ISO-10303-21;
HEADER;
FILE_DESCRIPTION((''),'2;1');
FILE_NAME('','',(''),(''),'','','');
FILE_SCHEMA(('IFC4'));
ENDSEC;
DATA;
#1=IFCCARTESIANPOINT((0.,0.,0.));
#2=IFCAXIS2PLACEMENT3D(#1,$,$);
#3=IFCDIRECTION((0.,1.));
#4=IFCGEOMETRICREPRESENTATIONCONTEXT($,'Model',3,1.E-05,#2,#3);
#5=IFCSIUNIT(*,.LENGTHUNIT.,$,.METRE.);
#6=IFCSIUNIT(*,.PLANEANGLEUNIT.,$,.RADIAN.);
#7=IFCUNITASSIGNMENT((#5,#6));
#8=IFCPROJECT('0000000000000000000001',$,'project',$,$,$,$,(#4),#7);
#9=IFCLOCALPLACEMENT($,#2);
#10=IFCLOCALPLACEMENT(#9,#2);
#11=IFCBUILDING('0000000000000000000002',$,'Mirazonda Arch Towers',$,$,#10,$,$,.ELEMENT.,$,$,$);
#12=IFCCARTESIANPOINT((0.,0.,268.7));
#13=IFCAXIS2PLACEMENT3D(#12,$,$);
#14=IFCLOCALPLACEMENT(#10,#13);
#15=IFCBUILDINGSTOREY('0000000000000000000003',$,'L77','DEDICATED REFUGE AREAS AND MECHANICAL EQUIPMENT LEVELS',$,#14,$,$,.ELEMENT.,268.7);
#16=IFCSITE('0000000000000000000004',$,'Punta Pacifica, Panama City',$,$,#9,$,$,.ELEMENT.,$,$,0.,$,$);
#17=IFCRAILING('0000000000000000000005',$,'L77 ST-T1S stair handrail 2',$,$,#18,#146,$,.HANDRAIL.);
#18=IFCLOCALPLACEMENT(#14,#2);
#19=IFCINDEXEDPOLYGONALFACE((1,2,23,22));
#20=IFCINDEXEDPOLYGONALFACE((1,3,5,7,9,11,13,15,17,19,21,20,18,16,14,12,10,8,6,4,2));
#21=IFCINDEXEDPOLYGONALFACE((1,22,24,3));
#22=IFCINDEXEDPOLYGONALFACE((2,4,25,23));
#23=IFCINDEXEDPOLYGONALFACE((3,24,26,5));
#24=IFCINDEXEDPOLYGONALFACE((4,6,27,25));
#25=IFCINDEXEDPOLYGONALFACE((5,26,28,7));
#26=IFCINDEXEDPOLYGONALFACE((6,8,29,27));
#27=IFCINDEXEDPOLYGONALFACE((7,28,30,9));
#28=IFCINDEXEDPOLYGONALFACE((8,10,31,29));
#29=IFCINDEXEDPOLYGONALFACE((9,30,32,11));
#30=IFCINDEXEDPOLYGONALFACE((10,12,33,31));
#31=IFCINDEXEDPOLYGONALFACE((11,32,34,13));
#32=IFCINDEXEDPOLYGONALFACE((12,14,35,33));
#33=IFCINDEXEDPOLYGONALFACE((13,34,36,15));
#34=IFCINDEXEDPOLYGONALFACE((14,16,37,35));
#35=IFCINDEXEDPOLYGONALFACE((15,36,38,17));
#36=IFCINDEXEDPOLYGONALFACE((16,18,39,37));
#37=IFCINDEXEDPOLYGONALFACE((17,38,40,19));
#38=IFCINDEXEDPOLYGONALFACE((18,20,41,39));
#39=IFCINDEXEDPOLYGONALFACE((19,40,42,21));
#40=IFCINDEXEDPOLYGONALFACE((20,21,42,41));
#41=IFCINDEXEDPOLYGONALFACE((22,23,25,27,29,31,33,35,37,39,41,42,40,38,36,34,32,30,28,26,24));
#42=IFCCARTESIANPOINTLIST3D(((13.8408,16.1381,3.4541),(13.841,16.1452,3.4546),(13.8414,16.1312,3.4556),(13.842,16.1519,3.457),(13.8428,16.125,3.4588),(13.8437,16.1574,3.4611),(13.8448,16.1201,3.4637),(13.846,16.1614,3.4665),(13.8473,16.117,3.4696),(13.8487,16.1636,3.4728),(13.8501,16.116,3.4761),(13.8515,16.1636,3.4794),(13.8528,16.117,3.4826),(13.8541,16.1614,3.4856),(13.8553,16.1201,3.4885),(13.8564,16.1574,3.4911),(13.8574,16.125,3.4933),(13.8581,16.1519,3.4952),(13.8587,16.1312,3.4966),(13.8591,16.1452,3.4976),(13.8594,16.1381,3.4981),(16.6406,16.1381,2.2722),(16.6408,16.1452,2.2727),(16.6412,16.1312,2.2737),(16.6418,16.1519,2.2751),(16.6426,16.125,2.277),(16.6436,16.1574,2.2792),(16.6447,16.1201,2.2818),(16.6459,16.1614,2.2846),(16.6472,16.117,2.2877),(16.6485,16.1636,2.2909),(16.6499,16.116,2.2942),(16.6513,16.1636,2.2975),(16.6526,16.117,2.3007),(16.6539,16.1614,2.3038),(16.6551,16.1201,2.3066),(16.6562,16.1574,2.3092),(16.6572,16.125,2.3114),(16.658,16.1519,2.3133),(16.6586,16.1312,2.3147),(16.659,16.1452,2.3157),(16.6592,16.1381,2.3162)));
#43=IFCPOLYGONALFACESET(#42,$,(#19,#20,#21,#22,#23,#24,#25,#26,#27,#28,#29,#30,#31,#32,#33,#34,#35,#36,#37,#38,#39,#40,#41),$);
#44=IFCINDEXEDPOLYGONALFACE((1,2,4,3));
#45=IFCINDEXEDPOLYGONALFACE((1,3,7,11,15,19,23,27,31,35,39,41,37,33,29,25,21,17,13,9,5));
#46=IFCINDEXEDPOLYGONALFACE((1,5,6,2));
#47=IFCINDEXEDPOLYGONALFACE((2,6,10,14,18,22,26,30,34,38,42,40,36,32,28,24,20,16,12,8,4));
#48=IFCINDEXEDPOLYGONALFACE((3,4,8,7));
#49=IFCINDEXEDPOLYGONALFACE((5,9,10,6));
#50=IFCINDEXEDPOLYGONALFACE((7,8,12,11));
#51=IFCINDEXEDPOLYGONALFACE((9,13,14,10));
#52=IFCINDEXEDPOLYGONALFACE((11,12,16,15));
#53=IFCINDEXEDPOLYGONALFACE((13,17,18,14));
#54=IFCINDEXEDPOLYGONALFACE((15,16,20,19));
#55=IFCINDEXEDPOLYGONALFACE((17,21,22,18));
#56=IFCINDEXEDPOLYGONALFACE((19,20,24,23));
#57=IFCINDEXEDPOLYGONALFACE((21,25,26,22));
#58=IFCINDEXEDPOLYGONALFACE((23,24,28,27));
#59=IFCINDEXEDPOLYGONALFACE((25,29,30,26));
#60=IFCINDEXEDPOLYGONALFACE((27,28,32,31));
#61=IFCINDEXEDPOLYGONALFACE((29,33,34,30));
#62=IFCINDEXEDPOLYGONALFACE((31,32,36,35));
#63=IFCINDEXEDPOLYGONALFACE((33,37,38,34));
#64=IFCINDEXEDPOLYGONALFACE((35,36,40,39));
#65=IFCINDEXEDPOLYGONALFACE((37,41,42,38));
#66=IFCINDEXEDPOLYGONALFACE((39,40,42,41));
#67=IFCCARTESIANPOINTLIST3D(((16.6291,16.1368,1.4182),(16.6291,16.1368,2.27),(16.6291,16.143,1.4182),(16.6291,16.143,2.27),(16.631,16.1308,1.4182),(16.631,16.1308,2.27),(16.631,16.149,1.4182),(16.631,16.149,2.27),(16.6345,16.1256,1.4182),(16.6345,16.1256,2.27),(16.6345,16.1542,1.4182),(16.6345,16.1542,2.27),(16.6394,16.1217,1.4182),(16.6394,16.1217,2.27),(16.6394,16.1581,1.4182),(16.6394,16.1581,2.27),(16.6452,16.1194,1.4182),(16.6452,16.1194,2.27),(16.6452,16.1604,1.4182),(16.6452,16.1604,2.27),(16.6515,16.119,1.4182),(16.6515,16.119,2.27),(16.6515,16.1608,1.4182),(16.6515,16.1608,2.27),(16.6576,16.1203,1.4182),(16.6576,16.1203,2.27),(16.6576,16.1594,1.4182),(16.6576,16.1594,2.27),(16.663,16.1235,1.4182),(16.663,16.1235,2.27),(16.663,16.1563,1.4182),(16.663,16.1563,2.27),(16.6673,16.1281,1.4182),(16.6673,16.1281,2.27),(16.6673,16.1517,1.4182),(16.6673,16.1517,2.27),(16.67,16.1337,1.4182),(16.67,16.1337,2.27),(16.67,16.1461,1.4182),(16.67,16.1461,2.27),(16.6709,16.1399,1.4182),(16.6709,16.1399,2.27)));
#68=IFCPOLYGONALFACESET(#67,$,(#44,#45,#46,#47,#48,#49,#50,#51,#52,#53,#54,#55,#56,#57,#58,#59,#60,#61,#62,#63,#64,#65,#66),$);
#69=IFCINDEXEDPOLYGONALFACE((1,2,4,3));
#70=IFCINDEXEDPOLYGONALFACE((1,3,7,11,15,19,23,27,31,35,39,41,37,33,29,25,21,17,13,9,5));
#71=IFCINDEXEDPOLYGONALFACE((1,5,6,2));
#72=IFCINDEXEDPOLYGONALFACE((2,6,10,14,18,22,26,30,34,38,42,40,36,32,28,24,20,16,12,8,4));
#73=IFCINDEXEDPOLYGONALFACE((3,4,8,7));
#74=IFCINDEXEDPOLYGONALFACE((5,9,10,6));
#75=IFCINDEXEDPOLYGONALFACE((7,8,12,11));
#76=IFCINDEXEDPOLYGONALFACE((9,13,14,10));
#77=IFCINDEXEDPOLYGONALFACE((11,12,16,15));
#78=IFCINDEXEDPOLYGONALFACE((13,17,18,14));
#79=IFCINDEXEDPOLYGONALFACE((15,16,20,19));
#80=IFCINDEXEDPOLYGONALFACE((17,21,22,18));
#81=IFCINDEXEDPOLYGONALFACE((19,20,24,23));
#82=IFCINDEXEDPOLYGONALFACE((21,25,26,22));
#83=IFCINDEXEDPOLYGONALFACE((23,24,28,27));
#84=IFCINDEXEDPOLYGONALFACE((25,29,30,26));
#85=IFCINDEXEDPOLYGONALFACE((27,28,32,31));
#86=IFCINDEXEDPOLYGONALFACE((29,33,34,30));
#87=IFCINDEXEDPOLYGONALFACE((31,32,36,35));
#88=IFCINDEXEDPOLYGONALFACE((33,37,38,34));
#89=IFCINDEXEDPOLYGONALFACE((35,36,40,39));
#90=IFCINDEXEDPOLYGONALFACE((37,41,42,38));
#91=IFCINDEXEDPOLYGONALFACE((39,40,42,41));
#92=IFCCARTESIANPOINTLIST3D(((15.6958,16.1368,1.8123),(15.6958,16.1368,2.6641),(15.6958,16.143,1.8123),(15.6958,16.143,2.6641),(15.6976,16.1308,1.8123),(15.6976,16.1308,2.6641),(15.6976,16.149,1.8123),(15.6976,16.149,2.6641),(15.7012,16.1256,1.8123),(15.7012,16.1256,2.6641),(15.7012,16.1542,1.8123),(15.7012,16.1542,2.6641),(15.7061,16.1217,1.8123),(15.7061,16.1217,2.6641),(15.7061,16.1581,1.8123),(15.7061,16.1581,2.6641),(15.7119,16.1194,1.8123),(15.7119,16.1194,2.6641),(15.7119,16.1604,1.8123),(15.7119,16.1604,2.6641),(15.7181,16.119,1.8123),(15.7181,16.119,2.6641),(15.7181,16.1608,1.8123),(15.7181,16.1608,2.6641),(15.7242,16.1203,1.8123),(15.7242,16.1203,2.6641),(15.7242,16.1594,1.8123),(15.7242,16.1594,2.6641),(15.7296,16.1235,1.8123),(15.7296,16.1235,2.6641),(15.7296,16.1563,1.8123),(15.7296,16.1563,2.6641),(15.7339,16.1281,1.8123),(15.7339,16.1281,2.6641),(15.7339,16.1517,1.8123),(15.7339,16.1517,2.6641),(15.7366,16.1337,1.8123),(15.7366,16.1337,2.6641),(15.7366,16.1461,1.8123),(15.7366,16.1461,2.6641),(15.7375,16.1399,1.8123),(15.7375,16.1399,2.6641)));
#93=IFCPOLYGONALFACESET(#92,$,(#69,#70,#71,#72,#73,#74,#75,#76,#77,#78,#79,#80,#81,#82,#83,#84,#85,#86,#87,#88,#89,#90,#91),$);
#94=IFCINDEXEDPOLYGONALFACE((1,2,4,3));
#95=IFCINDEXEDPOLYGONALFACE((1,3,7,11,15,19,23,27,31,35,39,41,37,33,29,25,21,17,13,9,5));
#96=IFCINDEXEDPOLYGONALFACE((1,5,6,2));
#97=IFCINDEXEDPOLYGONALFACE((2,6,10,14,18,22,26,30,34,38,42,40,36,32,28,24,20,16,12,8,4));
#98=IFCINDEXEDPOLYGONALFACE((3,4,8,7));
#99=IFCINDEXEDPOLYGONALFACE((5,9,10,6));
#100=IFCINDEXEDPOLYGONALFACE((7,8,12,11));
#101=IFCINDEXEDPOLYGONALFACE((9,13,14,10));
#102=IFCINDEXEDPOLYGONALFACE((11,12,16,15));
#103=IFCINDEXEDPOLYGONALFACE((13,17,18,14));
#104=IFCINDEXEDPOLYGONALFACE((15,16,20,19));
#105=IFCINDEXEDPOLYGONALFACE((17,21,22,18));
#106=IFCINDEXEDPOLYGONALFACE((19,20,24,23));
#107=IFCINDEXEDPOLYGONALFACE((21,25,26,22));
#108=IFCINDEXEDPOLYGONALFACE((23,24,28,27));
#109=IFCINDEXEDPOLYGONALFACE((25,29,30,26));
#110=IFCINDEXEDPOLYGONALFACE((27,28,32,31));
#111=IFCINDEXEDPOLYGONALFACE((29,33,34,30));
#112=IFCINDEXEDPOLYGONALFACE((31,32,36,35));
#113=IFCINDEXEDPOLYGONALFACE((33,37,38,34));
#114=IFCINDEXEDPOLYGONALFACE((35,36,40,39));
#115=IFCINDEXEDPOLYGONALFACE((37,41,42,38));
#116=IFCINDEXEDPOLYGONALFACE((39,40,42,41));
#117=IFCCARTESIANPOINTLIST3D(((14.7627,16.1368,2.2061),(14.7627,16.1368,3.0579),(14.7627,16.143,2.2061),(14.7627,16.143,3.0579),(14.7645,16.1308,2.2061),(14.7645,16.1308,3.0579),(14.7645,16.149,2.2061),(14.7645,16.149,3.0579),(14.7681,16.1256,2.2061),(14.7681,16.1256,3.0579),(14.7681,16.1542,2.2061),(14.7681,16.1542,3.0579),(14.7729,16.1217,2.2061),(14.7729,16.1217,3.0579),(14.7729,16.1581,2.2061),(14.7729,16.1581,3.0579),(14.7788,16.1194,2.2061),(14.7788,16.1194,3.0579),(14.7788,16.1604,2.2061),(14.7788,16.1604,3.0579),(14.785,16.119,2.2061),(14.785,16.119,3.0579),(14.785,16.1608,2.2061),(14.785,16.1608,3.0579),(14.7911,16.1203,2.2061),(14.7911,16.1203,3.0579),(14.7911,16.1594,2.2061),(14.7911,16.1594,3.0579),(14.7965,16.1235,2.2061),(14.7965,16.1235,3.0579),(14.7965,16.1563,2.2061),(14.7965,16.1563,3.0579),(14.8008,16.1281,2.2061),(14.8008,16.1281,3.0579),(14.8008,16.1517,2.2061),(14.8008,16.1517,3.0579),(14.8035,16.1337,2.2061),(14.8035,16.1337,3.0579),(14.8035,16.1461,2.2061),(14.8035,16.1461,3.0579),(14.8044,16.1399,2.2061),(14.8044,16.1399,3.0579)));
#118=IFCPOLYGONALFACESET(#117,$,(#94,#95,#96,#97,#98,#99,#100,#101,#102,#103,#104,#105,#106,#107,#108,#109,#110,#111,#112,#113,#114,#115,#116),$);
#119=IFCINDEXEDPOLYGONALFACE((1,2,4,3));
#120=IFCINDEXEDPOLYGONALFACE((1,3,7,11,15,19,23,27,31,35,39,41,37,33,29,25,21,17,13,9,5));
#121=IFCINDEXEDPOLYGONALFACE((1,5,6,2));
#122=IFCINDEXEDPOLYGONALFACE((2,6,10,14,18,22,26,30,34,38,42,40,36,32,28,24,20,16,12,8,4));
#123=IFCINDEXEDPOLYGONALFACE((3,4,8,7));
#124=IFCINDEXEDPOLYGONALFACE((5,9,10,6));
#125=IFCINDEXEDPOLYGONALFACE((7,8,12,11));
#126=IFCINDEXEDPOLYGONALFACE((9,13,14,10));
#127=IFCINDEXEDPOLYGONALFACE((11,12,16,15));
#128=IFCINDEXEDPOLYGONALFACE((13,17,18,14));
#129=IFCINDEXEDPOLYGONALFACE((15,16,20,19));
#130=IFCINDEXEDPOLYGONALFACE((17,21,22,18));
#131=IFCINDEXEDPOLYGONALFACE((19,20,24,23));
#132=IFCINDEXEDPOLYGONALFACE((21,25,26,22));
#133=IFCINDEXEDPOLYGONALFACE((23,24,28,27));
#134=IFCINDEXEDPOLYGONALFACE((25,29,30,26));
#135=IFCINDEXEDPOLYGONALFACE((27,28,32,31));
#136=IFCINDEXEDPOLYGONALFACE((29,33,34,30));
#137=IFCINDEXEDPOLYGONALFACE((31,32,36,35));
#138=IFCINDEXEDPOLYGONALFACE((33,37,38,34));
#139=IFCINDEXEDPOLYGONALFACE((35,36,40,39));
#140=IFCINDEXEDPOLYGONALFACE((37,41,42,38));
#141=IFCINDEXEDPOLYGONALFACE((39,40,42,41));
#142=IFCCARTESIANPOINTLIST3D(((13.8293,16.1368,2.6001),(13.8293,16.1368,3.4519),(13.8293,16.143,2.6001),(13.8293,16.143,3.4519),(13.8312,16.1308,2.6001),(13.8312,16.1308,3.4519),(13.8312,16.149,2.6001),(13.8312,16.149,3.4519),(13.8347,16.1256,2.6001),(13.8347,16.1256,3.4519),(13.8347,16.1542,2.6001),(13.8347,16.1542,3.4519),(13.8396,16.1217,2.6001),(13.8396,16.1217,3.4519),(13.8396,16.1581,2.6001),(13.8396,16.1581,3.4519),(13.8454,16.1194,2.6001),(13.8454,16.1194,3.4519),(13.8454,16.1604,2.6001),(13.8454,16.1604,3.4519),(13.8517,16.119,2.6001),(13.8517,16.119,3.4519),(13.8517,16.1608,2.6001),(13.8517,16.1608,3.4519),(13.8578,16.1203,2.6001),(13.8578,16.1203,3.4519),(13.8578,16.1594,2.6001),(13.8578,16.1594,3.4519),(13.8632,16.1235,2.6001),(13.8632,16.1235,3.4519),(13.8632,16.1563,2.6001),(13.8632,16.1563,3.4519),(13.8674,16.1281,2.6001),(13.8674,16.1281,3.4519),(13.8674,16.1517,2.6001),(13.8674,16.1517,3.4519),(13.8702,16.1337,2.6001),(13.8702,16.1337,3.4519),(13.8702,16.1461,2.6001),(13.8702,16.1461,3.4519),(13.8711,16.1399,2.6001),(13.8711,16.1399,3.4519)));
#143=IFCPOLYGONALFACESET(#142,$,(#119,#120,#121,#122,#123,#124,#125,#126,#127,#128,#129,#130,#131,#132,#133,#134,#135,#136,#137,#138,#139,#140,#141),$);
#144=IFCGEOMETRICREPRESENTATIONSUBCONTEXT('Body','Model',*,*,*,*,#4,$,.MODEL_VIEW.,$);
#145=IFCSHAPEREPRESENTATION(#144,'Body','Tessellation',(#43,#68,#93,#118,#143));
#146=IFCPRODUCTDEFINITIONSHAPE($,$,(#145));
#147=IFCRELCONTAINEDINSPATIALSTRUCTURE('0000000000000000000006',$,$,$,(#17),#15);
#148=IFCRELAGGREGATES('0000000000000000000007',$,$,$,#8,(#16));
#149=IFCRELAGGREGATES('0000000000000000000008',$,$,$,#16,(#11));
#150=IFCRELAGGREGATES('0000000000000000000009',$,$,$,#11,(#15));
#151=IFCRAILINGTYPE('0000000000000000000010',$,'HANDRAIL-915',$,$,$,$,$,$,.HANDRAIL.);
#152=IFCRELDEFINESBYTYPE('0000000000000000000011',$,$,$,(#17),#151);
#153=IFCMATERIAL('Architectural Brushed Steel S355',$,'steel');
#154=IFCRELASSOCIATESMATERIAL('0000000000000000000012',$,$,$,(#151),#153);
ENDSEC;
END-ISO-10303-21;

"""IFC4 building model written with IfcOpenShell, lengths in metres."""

from ifc_helpers import new_model, si_unit, direction, frame, origin, origin_2d, place, context, subcontext, project, spatial, circle, extrude, material, type_object, element, save


model = new_model("IFC4")

# Units and contexts
model_context = context("Model", 3, precision=1e-05, world=origin(), true_north=direction((0.0, 1.0)))
body_context = subcontext(model_context, "Body", "Model", "MODEL_VIEW")
ifc_project = project(units=[si_unit("LENGTHUNIT", "METRE"), si_unit("PLANEANGLEUNIT", "RADIAN")], contexts=[model_context])

# Site, building, storey
site_placement = place(None, origin())
site = spatial("IfcSite", under=ifc_project, at=site_placement, Name="Punta Pacifica, Panama City", CompositionType="ELEMENT", RefElevation=0.0)
building_placement = place(site_placement, origin())
building = spatial("IfcBuilding", under=site, at=building_placement, Name="Mirazonda Arch Towers", CompositionType="ELEMENT")
storey_placement = place(building_placement, frame((0.0, 0.0, 268.7)))
storey = spatial("IfcBuildingStorey", under=building, at=storey_placement, Name="L77", Description="DEDICATED REFUGE AREAS AND MECHANICAL EQUIPMENT LEVELS", CompositionType="ELEMENT", Elevation=268.7)

# Shared definitions
ifc_material_1 = material(Name="Architectural Brushed Steel S355", Category="steel")

# Railing
railing_type_1 = type_object("IfcRailingType", Name="HANDRAIL-915", PredefinedType="HANDRAIL", material=ifc_material_1)
railing_1_placement = place(storey_placement, frame((16.6499, 16.1399, 1.4182)))
element("IfcRailing", 1, at=railing_1_placement, inside=storey, type_object=railing_type_1, Name="L77 ST-T1S stair handrail 2", PredefinedType="HANDRAIL", context=body_context, shape_type="SweptSolid", body=[
    extrude(circle(Radius=0.0239, at=origin_2d()), frame((0.0, 0.0, 0.876), z_axis=(-0.92128, 0.0, 0.388901), x_axis=(0.0, -1.0, 0.0)), (0.0, 0.0, 1.0), 3.0391),
    extrude(circle(Radius=0.021, at=origin_2d()), origin(), (0.0, 0.0, 1.0), 0.8518),
    extrude(circle(Radius=0.021, at=origin_2d()), frame((-0.9333, 0.0, 0.394)), (0.0, 0.0, 1.0), 0.8518),
    extrude(circle(Radius=0.021, at=origin_2d()), frame((-1.8665, 0.0, 0.7878)), (0.0, 0.0, 1.0), 0.8518),
    extrude(circle(Radius=0.021, at=origin_2d()), frame((-2.7998, 0.0, 1.1819)), (0.0, 0.0, 1.0), 0.8518),
])

save(model, "model.ifc")
